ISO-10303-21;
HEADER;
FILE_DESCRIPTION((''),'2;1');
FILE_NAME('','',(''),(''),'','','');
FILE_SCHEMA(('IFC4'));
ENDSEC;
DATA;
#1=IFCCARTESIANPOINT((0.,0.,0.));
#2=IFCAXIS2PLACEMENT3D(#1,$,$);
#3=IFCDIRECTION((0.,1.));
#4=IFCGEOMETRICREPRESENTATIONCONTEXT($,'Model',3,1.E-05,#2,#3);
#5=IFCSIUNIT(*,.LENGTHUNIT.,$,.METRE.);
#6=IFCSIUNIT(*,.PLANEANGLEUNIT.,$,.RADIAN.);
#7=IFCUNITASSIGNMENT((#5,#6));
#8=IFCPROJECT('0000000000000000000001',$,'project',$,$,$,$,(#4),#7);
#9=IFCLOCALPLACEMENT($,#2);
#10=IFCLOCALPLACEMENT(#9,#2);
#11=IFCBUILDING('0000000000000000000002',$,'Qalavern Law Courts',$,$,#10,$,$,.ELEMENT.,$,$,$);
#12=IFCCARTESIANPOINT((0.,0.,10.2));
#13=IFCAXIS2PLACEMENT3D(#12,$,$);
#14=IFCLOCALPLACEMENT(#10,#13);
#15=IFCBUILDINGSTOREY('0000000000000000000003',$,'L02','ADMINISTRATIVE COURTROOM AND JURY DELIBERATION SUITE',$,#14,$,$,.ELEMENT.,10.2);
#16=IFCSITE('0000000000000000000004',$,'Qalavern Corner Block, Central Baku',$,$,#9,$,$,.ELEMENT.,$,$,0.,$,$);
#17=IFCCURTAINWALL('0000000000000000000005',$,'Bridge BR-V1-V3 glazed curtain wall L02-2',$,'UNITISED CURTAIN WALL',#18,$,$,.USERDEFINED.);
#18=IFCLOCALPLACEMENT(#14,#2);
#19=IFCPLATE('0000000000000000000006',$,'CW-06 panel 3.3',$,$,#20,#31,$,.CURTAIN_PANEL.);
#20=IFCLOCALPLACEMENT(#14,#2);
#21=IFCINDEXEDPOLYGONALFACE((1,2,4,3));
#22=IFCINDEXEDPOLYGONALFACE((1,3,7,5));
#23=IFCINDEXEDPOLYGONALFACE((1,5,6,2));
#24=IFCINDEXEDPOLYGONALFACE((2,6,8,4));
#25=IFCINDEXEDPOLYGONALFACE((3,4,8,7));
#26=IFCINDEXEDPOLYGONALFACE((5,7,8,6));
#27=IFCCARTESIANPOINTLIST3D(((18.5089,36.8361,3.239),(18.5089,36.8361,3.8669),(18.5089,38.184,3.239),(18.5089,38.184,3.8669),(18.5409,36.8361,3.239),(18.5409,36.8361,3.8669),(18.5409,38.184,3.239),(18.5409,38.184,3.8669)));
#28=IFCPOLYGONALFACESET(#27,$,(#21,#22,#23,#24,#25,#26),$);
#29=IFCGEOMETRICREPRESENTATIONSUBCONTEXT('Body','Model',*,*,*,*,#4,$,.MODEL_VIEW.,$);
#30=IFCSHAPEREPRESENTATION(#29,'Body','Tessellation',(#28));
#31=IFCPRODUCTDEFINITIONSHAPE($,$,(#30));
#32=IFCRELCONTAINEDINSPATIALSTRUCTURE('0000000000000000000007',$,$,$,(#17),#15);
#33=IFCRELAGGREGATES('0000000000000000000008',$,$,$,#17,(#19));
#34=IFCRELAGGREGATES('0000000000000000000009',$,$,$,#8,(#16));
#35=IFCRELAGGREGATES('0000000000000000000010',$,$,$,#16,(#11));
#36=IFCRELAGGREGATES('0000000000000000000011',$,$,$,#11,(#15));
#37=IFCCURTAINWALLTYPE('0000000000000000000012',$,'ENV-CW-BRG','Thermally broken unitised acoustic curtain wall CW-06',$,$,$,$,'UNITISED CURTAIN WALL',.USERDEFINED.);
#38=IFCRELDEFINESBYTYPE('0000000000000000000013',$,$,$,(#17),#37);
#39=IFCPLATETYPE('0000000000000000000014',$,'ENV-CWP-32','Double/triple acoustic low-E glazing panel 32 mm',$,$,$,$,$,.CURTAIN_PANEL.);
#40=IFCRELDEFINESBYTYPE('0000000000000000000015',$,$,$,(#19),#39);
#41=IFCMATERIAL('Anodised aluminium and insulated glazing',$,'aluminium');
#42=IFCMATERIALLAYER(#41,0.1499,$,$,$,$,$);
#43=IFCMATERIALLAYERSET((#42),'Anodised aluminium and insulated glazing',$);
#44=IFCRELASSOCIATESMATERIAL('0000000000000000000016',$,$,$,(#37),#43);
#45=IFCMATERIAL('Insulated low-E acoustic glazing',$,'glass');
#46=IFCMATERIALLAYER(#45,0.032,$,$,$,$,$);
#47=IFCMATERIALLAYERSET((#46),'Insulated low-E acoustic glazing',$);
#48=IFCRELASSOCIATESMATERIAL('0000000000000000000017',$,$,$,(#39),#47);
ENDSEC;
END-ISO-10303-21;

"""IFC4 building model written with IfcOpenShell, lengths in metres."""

from ifc_helpers import new_model, si_unit, direction, frame, origin, origin_2d, place, context, subcontext, project, spatial, rectangle, extrude, material, layer, layer_set, type_object, element, aggregate, save


model = new_model("IFC4")

# Units and contexts
model_context = context("Model", 3, precision=1e-05, world=origin(), true_north=direction((0.0, 1.0)))
body_context = subcontext(model_context, "Body", "Model", "MODEL_VIEW")
ifc_project = project(units=[si_unit("LENGTHUNIT", "METRE"), si_unit("PLANEANGLEUNIT", "RADIAN")], contexts=[model_context])

# Site, building, storey
site_placement = place(None, origin())
site = spatial("IfcSite", under=ifc_project, at=site_placement, Name="Qalavern Corner Block, Central Baku", CompositionType="ELEMENT", RefElevation=0.0)
building_placement = place(site_placement, origin())
building = spatial("IfcBuilding", under=site, at=building_placement, Name="Qalavern Law Courts", CompositionType="ELEMENT")
storey_placement = place(building_placement, frame((0.0, 0.0, 10.2)))
storey = spatial("IfcBuildingStorey", under=building, at=storey_placement, Name="L02", Description="ADMINISTRATIVE COURTROOM AND JURY DELIBERATION SUITE", CompositionType="ELEMENT", Elevation=10.2)

# Curtain wall
ifc_material_1 = material(Name="Anodised aluminium and insulated glazing", Category="aluminium")
ifc_layer_1 = layer(ifc_material_1, 0.1499)
ifc_layer_set_1 = layer_set([ifc_layer_1], Name="Anodised aluminium and insulated glazing")
curtain_wall_type = type_object("IfcCurtainWallType", Name="ENV-CW-BRG", Description="Thermally broken unitised acoustic curtain wall CW-06", ElementType="UNITISED CURTAIN WALL", PredefinedType="USERDEFINED", material=ifc_layer_set_1)
curtain_wall_1_placement = place(storey_placement, origin())
curtain_wall_1 = element("IfcCurtainWall", 1, at=curtain_wall_1_placement, inside=storey, type_object=curtain_wall_type, Name="Bridge BR-V1-V3 glazed curtain wall L02-2", ObjectType="UNITISED CURTAIN WALL", PredefinedType="USERDEFINED")

# Plate
ifc_material_2 = material(Name="Insulated low-E acoustic glazing", Category="glass")
ifc_layer_2 = layer(ifc_material_2, 0.032)
ifc_layer_set_2 = layer_set([ifc_layer_2], Name="Insulated low-E acoustic glazing")
plate_type = type_object("IfcPlateType", Name="ENV-CWP-32", Description="Double/triple acoustic low-E glazing panel 32 mm", PredefinedType="CURTAIN_PANEL", material=ifc_layer_set_2)
plate_1_placement = place(storey_placement, frame((18.5249, 37.51, 3.239), z_axis=(0.0, 0.0, 1.0), x_axis=(0.0, 1.0, 0.0)))
plate_1 = element("IfcPlate", 2, at=plate_1_placement, type_object=plate_type, Name="CW-06 panel 3.3", PredefinedType="CURTAIN_PANEL", context=body_context, shape_type="SweptSolid", body=[
    extrude(rectangle(XDim=1.3479, YDim=0.032, at=origin_2d()), origin(), (0.0, 0.0, 1.0), 0.6279),
])
aggregate(curtain_wall_1, [plate_1])

save(model, "model.ifc")
